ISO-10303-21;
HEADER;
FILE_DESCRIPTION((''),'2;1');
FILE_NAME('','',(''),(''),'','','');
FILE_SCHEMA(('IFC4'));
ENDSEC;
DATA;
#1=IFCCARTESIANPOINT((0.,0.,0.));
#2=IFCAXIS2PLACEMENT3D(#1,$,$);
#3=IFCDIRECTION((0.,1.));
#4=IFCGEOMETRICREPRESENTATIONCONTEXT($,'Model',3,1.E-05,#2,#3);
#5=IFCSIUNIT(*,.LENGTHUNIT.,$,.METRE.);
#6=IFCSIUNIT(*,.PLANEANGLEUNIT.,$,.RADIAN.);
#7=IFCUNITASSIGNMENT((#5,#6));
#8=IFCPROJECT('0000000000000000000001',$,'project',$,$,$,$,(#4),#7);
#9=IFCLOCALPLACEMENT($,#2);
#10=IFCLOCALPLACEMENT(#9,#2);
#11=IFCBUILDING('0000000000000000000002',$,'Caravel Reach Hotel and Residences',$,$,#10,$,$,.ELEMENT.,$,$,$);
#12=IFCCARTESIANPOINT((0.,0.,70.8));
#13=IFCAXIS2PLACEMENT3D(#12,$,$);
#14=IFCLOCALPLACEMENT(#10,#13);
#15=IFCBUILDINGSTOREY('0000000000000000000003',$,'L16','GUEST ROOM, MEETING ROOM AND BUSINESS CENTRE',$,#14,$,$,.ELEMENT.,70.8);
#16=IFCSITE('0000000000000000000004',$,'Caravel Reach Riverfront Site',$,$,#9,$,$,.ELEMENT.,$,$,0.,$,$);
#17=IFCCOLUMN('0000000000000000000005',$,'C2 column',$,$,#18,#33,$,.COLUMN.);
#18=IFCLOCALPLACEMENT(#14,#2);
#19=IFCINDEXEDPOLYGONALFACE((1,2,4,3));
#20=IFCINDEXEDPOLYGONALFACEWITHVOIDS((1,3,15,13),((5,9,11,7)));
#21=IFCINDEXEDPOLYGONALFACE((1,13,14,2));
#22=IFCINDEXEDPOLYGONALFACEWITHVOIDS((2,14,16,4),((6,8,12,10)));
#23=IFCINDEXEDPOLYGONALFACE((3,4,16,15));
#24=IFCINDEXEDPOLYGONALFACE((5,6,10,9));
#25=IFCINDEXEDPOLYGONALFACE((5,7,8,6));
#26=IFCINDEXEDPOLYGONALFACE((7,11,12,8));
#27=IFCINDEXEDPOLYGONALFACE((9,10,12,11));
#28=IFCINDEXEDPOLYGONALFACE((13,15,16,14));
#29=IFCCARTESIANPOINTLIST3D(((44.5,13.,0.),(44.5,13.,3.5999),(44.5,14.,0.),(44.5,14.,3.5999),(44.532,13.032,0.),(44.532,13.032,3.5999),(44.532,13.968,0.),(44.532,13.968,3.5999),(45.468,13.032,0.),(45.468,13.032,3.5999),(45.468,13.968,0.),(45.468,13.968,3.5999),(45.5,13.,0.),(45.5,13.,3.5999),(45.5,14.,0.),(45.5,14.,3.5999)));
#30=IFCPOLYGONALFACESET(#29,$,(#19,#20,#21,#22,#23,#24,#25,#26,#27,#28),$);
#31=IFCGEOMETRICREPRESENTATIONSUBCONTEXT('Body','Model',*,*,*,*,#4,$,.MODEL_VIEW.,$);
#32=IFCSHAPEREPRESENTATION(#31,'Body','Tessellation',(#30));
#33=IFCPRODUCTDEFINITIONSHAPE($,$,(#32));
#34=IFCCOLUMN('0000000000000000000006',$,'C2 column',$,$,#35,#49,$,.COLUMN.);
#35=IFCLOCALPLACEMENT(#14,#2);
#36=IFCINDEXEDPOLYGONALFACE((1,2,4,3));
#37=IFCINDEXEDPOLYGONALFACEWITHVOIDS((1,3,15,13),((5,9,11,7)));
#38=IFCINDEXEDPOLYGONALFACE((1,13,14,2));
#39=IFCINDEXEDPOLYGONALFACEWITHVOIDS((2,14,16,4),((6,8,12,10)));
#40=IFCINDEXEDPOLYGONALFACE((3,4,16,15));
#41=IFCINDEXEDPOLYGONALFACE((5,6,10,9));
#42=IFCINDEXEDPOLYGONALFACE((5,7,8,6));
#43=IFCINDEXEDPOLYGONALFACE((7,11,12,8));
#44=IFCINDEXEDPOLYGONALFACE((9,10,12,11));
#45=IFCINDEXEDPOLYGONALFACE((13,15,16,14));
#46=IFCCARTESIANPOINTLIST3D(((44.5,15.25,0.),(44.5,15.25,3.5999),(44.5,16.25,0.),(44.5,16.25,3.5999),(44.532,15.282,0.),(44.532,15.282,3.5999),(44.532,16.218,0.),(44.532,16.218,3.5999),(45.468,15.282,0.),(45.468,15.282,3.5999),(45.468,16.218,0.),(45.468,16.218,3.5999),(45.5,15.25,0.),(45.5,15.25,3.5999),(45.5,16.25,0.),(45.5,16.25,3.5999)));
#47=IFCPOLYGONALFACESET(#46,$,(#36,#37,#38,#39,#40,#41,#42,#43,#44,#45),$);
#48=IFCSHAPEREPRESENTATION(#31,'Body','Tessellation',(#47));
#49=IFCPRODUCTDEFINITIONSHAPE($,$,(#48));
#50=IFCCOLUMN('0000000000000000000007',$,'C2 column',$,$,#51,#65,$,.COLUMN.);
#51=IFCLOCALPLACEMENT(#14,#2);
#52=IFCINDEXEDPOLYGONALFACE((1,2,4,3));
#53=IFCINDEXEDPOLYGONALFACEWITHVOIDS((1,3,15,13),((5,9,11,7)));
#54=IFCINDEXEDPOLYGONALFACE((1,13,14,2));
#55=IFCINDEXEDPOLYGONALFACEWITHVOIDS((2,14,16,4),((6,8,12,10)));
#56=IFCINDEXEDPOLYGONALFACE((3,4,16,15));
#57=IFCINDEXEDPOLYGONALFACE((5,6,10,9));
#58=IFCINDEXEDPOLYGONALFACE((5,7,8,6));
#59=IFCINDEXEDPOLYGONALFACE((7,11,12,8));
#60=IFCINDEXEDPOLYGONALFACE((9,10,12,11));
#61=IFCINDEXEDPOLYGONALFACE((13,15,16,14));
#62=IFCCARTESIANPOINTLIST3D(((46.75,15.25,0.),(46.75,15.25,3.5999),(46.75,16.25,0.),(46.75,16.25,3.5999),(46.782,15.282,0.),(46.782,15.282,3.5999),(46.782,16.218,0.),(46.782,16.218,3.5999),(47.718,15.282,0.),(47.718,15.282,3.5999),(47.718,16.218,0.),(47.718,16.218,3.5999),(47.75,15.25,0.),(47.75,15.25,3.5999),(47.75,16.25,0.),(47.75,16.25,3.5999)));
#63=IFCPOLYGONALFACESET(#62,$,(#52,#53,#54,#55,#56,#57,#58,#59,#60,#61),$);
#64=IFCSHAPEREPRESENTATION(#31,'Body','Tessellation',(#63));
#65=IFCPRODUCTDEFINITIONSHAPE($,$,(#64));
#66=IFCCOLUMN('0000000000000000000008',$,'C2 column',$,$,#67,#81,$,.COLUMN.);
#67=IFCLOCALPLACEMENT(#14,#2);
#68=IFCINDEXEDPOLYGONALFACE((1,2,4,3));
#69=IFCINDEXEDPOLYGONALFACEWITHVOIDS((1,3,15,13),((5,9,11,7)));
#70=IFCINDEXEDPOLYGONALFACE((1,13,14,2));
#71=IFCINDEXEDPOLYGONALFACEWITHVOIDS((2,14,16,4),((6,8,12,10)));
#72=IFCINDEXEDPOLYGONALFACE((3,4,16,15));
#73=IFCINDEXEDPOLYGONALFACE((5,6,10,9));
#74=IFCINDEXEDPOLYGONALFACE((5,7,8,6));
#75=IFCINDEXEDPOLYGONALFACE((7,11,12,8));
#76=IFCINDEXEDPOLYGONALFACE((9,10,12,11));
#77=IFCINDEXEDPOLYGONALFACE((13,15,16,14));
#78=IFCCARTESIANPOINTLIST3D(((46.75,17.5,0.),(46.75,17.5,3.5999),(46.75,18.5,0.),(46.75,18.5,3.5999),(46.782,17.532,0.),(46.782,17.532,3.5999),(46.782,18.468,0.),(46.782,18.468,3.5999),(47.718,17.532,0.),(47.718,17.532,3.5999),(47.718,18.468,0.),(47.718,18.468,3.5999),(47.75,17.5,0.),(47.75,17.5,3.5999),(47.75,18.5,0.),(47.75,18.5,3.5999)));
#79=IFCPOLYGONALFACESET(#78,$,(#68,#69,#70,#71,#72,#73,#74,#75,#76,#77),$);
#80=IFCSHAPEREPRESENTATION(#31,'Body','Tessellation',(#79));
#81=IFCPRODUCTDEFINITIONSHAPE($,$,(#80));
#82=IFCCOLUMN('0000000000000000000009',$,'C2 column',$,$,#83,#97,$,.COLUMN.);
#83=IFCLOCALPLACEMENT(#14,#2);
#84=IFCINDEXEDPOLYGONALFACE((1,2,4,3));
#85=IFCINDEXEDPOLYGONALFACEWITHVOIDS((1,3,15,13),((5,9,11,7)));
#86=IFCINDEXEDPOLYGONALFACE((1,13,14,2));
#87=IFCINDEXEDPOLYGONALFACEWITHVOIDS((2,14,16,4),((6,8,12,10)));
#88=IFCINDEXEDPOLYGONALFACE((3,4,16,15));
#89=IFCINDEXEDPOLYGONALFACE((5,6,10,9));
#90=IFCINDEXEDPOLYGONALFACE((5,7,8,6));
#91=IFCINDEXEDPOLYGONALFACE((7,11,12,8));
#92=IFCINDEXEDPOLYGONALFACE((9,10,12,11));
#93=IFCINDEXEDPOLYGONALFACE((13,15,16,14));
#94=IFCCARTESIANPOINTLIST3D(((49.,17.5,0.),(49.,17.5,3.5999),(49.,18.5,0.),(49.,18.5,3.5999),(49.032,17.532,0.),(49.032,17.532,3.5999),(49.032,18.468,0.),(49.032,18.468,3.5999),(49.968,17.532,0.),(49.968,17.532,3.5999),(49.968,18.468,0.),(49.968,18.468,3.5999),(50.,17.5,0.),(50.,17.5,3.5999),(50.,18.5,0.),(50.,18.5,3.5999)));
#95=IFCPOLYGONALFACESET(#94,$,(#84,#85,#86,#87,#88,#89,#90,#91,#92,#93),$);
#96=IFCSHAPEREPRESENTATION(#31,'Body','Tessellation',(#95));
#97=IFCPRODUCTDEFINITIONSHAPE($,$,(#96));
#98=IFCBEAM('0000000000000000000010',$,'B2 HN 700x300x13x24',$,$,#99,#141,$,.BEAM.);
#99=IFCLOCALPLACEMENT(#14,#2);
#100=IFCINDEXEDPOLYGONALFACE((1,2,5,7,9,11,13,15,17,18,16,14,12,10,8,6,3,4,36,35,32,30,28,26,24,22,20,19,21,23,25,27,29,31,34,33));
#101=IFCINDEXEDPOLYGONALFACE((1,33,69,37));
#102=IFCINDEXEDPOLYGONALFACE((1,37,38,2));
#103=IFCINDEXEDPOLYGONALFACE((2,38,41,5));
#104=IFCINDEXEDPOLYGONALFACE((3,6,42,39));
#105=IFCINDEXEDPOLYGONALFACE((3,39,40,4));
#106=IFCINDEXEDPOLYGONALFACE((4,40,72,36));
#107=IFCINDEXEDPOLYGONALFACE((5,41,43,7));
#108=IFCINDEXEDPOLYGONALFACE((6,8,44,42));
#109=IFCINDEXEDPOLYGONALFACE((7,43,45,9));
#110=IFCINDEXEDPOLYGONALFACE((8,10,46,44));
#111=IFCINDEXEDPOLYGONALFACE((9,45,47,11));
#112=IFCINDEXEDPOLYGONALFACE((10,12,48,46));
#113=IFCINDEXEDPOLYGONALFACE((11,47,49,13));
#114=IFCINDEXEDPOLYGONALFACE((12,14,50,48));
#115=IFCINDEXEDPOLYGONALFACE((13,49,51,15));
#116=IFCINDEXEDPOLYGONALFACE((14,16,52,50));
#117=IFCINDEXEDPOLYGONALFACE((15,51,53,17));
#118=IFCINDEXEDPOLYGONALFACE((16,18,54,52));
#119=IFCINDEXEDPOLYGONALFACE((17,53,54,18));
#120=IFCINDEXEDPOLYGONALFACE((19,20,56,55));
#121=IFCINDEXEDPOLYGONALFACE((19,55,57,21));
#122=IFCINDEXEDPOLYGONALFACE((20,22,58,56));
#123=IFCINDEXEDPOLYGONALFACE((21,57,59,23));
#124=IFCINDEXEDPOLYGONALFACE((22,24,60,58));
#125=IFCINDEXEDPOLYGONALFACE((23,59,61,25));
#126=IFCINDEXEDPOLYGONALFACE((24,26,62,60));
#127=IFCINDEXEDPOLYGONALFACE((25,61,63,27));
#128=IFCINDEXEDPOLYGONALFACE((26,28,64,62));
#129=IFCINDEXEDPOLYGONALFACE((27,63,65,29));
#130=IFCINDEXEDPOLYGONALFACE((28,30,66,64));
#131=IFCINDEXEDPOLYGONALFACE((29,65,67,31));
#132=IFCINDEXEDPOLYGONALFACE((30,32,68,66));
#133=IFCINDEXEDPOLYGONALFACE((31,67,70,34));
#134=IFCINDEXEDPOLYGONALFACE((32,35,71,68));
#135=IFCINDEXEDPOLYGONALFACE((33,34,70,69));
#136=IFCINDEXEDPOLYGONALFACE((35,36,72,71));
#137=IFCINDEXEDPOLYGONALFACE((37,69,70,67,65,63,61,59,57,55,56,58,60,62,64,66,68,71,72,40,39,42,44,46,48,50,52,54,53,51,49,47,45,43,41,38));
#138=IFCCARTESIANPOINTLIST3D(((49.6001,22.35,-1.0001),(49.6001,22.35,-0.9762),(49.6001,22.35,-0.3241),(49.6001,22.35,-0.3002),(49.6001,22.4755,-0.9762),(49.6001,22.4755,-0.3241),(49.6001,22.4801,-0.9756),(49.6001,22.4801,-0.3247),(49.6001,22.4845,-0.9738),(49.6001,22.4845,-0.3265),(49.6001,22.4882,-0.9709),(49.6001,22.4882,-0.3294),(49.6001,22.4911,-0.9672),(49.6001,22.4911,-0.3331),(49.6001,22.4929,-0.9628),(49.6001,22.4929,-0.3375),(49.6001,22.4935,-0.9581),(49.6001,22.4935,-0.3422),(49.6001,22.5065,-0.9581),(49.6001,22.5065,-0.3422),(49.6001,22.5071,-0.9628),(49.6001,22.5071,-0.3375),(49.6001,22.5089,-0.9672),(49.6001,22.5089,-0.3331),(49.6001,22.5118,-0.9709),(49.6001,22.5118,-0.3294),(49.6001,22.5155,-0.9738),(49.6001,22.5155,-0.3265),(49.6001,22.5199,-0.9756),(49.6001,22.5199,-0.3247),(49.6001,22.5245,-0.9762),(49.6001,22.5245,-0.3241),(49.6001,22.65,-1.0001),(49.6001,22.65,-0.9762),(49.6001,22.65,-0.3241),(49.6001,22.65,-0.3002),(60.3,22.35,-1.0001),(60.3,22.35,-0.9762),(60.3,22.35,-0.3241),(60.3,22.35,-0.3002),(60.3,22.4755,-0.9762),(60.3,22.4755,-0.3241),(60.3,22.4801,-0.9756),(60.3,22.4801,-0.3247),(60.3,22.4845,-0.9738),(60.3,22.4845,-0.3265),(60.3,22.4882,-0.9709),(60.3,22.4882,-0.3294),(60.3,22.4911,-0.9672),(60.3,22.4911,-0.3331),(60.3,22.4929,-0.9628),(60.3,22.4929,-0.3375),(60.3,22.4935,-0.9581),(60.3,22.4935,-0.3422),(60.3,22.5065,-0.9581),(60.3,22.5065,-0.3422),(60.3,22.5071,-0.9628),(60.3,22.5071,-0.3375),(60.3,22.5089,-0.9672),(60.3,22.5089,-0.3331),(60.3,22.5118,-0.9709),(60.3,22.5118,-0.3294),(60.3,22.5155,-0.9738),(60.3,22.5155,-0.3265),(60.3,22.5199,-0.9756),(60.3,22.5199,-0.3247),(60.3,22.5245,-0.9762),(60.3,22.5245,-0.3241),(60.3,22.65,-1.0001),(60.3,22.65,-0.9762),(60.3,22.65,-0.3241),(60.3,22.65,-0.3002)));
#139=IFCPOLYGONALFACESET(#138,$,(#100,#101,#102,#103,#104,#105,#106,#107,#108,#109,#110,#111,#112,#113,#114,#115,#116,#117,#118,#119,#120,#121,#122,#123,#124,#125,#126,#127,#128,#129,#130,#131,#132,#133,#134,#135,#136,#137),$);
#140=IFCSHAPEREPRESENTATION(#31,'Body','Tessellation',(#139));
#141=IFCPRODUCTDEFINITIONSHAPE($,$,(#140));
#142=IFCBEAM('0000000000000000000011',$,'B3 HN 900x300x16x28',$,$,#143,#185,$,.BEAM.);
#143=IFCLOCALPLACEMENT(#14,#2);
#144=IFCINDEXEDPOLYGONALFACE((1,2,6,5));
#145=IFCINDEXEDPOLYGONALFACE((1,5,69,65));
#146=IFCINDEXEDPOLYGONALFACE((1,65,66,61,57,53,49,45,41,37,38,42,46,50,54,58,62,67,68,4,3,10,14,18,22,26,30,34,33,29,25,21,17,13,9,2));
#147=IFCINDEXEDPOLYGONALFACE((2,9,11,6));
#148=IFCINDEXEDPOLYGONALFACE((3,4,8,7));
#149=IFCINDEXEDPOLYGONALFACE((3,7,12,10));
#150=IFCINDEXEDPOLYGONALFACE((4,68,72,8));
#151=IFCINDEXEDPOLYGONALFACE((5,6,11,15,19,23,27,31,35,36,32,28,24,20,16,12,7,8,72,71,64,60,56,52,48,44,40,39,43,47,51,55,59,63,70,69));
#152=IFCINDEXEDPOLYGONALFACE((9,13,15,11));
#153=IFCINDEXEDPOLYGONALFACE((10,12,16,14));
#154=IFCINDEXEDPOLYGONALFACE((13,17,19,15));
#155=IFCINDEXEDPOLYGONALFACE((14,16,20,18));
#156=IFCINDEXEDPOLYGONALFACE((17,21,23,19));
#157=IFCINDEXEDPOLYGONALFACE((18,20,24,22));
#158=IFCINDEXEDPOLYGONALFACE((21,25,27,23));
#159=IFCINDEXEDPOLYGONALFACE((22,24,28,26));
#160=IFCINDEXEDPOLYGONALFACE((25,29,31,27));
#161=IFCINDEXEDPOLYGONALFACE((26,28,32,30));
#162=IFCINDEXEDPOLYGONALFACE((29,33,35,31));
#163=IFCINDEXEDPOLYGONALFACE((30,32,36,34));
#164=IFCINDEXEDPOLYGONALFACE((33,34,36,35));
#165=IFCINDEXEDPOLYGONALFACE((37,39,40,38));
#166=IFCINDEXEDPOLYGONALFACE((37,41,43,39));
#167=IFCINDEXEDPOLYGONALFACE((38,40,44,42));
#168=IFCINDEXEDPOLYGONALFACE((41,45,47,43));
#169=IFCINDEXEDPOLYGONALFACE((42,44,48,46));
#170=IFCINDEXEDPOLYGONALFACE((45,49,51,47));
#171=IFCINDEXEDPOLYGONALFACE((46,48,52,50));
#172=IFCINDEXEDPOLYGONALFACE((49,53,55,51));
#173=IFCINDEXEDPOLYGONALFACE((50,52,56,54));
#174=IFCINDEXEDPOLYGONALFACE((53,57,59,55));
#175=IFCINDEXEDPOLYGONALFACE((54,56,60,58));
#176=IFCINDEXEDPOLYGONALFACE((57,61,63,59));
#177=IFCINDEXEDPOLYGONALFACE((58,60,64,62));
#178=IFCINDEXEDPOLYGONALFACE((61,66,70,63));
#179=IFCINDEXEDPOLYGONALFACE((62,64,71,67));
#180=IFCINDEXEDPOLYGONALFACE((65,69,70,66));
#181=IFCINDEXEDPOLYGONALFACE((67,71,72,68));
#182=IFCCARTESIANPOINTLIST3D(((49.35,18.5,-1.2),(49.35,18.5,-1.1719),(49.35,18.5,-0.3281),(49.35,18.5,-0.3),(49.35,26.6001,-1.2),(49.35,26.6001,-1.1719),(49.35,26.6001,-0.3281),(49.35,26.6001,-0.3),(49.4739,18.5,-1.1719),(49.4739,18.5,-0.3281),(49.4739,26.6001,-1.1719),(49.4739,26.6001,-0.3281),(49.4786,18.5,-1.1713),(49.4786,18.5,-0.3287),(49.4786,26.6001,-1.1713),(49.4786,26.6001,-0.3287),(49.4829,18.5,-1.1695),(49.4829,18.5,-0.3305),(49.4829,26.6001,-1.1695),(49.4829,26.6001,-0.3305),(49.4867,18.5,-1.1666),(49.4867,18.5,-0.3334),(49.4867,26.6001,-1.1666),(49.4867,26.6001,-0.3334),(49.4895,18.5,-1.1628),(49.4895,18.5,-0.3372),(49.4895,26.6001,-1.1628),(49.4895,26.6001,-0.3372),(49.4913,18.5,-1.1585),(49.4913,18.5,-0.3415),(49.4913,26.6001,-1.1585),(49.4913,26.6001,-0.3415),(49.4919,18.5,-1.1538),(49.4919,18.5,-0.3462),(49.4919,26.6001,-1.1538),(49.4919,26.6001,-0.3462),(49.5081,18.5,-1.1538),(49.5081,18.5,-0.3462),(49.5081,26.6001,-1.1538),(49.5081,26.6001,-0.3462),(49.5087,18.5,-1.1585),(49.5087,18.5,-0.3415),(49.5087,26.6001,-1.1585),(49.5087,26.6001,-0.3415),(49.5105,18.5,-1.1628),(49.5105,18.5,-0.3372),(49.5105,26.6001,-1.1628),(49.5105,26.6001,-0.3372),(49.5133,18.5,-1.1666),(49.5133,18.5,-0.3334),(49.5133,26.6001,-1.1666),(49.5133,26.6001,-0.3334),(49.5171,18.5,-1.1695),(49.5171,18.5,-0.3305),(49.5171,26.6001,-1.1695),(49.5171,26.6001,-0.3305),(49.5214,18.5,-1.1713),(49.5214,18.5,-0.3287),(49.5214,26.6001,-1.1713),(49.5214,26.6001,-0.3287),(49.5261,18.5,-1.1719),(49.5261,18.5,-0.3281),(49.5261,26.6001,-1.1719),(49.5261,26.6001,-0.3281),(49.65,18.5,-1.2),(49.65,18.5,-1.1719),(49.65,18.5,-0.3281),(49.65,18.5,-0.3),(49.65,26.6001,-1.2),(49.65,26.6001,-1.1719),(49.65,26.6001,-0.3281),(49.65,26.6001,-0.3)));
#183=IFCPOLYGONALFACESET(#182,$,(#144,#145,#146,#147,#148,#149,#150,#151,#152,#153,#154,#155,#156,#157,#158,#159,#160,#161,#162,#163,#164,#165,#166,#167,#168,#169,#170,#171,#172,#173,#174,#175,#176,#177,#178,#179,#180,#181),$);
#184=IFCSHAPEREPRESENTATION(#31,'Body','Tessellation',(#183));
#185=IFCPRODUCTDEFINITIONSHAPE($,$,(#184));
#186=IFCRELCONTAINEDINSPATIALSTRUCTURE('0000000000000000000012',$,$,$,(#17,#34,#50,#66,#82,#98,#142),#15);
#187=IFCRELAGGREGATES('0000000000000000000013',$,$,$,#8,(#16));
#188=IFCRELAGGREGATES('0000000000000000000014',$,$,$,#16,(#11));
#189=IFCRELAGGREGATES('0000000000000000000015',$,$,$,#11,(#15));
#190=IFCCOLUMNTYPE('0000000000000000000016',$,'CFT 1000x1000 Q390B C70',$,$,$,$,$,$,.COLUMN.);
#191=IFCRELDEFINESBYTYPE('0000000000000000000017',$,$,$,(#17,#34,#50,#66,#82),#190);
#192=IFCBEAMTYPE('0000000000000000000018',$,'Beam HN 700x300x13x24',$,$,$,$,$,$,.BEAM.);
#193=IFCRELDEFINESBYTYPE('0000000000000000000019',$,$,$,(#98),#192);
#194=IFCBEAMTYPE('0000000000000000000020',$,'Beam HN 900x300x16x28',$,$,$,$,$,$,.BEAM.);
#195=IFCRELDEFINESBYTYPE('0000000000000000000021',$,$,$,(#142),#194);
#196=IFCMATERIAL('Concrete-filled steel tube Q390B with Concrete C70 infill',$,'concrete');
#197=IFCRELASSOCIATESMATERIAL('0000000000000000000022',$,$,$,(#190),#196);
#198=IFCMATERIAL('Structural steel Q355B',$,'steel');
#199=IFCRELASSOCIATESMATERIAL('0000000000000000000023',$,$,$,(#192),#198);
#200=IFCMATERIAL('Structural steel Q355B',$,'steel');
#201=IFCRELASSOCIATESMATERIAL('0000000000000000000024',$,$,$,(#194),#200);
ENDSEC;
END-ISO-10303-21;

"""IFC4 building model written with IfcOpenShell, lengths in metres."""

from ifc_helpers import new_model, si_unit, direction, frame, origin, origin_2d, place, context, subcontext, project, spatial, hollow_rectangle, i_section, extrude, material, material_profile, profile_set, type_object, element, save


model = new_model("IFC4")

# Units and contexts
model_context = context("Model", 3, precision=1e-05, world=origin(), true_north=direction((0.0, 1.0)))
body_context = subcontext(model_context, "Body", "Model", "MODEL_VIEW")
ifc_project = project(units=[si_unit("LENGTHUNIT", "METRE"), si_unit("PLANEANGLEUNIT", "RADIAN")], contexts=[model_context])

# Site, building, storey
site_placement = place(None, origin())
site = spatial("IfcSite", under=ifc_project, at=site_placement, Name="Caravel Reach Riverfront Site", CompositionType="ELEMENT", RefElevation=0.0)
building_placement = place(site_placement, origin())
building = spatial("IfcBuilding", under=site, at=building_placement, Name="Caravel Reach Hotel and Residences", CompositionType="ELEMENT")
storey_placement = place(building_placement, frame((0.0, 0.0, 70.8)))
storey = spatial("IfcBuildingStorey", under=building, at=storey_placement, Name="L16", Description="GUEST ROOM, MEETING ROOM AND BUSINESS CENTRE", CompositionType="ELEMENT", Elevation=70.8)

# Columns
ifc_material_1 = material(Name="Concrete-filled steel tube Q390B with Concrete C70 infill", Category="concrete")
ifc_material_profile_1 = material_profile(ifc_material_1, hollow_rectangle(XDim=1.0, YDim=1.0, WallThickness=0.032, at=origin_2d()), Name="RHS 1000x1000x32")
ifc_profile_set_1 = profile_set([ifc_material_profile_1], Name="Concrete-filled steel tube Q390B with Concrete C70 infill")
column_type = type_object("IfcColumnType", Name="CFT 1000x1000 Q390B C70", PredefinedType="COLUMN", material=ifc_profile_set_1)
for number, where, z_axis, x_axis, name in (
    (1, (45.0, 13.5, 0.0), (0.0, 0.0, 1.0), (1.0, 0.0, 0.0), "C2 column"),
    (2, (45.0, 15.75, 0.0), (0.0, 0.0, 1.0), (1.0, 0.0, 0.0), "C2 column"),
    (3, (47.25, 15.75, 0.0), (0.0, 0.0, 1.0), (1.0, 0.0, 0.0), "C2 column"),
    (4, (47.25, 18.0, 0.0), (0.0, 0.0, 1.0), (1.0, 0.0, 0.0), "C2 column"),
    (5, (49.5, 18.0, 0.0), (0.0, 0.0, 1.0), (1.0, 0.0, 0.0), "C2 column"),
):
    element("IfcColumn", number, at=place(storey_placement, frame(where, z_axis=z_axis, x_axis=x_axis)), inside=storey, type_object=column_type, Name=name, PredefinedType="COLUMN", context=body_context, shape_type="SweptSolid", body=[
        extrude(hollow_rectangle(XDim=1.0, YDim=1.0, WallThickness=0.032, at=origin_2d()), origin(), (0.0, 0.0, 1.0), 3.5999),
    ])

# Beams
ifc_material_2 = material(Name="Structural steel Q355B", Category="steel")
ifc_material_profile_2 = material_profile(ifc_material_2, i_section(OverallWidth=0.3, OverallDepth=0.7, WebThickness=0.0129, FlangeThickness=0.0239, FilletRadius=0.0181, at=origin_2d()), Name="HN 700x300x13x24")
ifc_profile_set_2 = profile_set([ifc_material_profile_2], Name="Structural steel Q355B")
beam_type_1 = type_object("IfcBeamType", Name="Beam HN 700x300x13x24", PredefinedType="BEAM", material=ifc_profile_set_2)
beam_1_placement = place(storey_placement, frame((49.6001, 22.5, -0.6501), z_axis=(1.0, 0.0, 0.0), x_axis=(0.0, 1.0, 0.0)))
element("IfcBeam", 6, at=beam_1_placement, inside=storey, type_object=beam_type_1, Name="B2 HN 700x300x13x24", PredefinedType="BEAM", context=body_context, shape_type="SweptSolid", body=[
    extrude(i_section(OverallWidth=0.3, OverallDepth=0.7, WebThickness=0.0129, FlangeThickness=0.0239, FilletRadius=0.0181, at=origin_2d()), origin(), (0.0, 0.0, 1.0), 10.7),
])
ifc_material_3 = material(Name="Structural steel Q355B", Category="steel")
ifc_material_profile_3 = material_profile(ifc_material_3, i_section(OverallWidth=0.3, OverallDepth=0.8999, WebThickness=0.0161, FlangeThickness=0.0281, FilletRadius=0.0181, at=origin_2d()), Name="HN 900x300x16x28")
ifc_profile_set_3 = profile_set([ifc_material_profile_3], Name="Structural steel Q355B")
beam_type_2 = type_object("IfcBeamType", Name="Beam HN 900x300x16x28", PredefinedType="BEAM", material=ifc_profile_set_3)
beam_2_placement = place(storey_placement, frame((49.5, 18.5, -0.75), z_axis=(0.0, 1.0, 0.0), x_axis=(-1.0, 0.0, 0.0)))
element("IfcBeam", 7, at=beam_2_placement, inside=storey, type_object=beam_type_2, Name="B3 HN 900x300x16x28", PredefinedType="BEAM", context=body_context, shape_type="SweptSolid", body=[
    extrude(i_section(OverallWidth=0.3, OverallDepth=0.8999, WebThickness=0.0161, FlangeThickness=0.0281, FilletRadius=0.0181, at=origin_2d()), origin(), (0.0, 0.0, 1.0), 8.1001),
])

save(model, "model.ifc")
